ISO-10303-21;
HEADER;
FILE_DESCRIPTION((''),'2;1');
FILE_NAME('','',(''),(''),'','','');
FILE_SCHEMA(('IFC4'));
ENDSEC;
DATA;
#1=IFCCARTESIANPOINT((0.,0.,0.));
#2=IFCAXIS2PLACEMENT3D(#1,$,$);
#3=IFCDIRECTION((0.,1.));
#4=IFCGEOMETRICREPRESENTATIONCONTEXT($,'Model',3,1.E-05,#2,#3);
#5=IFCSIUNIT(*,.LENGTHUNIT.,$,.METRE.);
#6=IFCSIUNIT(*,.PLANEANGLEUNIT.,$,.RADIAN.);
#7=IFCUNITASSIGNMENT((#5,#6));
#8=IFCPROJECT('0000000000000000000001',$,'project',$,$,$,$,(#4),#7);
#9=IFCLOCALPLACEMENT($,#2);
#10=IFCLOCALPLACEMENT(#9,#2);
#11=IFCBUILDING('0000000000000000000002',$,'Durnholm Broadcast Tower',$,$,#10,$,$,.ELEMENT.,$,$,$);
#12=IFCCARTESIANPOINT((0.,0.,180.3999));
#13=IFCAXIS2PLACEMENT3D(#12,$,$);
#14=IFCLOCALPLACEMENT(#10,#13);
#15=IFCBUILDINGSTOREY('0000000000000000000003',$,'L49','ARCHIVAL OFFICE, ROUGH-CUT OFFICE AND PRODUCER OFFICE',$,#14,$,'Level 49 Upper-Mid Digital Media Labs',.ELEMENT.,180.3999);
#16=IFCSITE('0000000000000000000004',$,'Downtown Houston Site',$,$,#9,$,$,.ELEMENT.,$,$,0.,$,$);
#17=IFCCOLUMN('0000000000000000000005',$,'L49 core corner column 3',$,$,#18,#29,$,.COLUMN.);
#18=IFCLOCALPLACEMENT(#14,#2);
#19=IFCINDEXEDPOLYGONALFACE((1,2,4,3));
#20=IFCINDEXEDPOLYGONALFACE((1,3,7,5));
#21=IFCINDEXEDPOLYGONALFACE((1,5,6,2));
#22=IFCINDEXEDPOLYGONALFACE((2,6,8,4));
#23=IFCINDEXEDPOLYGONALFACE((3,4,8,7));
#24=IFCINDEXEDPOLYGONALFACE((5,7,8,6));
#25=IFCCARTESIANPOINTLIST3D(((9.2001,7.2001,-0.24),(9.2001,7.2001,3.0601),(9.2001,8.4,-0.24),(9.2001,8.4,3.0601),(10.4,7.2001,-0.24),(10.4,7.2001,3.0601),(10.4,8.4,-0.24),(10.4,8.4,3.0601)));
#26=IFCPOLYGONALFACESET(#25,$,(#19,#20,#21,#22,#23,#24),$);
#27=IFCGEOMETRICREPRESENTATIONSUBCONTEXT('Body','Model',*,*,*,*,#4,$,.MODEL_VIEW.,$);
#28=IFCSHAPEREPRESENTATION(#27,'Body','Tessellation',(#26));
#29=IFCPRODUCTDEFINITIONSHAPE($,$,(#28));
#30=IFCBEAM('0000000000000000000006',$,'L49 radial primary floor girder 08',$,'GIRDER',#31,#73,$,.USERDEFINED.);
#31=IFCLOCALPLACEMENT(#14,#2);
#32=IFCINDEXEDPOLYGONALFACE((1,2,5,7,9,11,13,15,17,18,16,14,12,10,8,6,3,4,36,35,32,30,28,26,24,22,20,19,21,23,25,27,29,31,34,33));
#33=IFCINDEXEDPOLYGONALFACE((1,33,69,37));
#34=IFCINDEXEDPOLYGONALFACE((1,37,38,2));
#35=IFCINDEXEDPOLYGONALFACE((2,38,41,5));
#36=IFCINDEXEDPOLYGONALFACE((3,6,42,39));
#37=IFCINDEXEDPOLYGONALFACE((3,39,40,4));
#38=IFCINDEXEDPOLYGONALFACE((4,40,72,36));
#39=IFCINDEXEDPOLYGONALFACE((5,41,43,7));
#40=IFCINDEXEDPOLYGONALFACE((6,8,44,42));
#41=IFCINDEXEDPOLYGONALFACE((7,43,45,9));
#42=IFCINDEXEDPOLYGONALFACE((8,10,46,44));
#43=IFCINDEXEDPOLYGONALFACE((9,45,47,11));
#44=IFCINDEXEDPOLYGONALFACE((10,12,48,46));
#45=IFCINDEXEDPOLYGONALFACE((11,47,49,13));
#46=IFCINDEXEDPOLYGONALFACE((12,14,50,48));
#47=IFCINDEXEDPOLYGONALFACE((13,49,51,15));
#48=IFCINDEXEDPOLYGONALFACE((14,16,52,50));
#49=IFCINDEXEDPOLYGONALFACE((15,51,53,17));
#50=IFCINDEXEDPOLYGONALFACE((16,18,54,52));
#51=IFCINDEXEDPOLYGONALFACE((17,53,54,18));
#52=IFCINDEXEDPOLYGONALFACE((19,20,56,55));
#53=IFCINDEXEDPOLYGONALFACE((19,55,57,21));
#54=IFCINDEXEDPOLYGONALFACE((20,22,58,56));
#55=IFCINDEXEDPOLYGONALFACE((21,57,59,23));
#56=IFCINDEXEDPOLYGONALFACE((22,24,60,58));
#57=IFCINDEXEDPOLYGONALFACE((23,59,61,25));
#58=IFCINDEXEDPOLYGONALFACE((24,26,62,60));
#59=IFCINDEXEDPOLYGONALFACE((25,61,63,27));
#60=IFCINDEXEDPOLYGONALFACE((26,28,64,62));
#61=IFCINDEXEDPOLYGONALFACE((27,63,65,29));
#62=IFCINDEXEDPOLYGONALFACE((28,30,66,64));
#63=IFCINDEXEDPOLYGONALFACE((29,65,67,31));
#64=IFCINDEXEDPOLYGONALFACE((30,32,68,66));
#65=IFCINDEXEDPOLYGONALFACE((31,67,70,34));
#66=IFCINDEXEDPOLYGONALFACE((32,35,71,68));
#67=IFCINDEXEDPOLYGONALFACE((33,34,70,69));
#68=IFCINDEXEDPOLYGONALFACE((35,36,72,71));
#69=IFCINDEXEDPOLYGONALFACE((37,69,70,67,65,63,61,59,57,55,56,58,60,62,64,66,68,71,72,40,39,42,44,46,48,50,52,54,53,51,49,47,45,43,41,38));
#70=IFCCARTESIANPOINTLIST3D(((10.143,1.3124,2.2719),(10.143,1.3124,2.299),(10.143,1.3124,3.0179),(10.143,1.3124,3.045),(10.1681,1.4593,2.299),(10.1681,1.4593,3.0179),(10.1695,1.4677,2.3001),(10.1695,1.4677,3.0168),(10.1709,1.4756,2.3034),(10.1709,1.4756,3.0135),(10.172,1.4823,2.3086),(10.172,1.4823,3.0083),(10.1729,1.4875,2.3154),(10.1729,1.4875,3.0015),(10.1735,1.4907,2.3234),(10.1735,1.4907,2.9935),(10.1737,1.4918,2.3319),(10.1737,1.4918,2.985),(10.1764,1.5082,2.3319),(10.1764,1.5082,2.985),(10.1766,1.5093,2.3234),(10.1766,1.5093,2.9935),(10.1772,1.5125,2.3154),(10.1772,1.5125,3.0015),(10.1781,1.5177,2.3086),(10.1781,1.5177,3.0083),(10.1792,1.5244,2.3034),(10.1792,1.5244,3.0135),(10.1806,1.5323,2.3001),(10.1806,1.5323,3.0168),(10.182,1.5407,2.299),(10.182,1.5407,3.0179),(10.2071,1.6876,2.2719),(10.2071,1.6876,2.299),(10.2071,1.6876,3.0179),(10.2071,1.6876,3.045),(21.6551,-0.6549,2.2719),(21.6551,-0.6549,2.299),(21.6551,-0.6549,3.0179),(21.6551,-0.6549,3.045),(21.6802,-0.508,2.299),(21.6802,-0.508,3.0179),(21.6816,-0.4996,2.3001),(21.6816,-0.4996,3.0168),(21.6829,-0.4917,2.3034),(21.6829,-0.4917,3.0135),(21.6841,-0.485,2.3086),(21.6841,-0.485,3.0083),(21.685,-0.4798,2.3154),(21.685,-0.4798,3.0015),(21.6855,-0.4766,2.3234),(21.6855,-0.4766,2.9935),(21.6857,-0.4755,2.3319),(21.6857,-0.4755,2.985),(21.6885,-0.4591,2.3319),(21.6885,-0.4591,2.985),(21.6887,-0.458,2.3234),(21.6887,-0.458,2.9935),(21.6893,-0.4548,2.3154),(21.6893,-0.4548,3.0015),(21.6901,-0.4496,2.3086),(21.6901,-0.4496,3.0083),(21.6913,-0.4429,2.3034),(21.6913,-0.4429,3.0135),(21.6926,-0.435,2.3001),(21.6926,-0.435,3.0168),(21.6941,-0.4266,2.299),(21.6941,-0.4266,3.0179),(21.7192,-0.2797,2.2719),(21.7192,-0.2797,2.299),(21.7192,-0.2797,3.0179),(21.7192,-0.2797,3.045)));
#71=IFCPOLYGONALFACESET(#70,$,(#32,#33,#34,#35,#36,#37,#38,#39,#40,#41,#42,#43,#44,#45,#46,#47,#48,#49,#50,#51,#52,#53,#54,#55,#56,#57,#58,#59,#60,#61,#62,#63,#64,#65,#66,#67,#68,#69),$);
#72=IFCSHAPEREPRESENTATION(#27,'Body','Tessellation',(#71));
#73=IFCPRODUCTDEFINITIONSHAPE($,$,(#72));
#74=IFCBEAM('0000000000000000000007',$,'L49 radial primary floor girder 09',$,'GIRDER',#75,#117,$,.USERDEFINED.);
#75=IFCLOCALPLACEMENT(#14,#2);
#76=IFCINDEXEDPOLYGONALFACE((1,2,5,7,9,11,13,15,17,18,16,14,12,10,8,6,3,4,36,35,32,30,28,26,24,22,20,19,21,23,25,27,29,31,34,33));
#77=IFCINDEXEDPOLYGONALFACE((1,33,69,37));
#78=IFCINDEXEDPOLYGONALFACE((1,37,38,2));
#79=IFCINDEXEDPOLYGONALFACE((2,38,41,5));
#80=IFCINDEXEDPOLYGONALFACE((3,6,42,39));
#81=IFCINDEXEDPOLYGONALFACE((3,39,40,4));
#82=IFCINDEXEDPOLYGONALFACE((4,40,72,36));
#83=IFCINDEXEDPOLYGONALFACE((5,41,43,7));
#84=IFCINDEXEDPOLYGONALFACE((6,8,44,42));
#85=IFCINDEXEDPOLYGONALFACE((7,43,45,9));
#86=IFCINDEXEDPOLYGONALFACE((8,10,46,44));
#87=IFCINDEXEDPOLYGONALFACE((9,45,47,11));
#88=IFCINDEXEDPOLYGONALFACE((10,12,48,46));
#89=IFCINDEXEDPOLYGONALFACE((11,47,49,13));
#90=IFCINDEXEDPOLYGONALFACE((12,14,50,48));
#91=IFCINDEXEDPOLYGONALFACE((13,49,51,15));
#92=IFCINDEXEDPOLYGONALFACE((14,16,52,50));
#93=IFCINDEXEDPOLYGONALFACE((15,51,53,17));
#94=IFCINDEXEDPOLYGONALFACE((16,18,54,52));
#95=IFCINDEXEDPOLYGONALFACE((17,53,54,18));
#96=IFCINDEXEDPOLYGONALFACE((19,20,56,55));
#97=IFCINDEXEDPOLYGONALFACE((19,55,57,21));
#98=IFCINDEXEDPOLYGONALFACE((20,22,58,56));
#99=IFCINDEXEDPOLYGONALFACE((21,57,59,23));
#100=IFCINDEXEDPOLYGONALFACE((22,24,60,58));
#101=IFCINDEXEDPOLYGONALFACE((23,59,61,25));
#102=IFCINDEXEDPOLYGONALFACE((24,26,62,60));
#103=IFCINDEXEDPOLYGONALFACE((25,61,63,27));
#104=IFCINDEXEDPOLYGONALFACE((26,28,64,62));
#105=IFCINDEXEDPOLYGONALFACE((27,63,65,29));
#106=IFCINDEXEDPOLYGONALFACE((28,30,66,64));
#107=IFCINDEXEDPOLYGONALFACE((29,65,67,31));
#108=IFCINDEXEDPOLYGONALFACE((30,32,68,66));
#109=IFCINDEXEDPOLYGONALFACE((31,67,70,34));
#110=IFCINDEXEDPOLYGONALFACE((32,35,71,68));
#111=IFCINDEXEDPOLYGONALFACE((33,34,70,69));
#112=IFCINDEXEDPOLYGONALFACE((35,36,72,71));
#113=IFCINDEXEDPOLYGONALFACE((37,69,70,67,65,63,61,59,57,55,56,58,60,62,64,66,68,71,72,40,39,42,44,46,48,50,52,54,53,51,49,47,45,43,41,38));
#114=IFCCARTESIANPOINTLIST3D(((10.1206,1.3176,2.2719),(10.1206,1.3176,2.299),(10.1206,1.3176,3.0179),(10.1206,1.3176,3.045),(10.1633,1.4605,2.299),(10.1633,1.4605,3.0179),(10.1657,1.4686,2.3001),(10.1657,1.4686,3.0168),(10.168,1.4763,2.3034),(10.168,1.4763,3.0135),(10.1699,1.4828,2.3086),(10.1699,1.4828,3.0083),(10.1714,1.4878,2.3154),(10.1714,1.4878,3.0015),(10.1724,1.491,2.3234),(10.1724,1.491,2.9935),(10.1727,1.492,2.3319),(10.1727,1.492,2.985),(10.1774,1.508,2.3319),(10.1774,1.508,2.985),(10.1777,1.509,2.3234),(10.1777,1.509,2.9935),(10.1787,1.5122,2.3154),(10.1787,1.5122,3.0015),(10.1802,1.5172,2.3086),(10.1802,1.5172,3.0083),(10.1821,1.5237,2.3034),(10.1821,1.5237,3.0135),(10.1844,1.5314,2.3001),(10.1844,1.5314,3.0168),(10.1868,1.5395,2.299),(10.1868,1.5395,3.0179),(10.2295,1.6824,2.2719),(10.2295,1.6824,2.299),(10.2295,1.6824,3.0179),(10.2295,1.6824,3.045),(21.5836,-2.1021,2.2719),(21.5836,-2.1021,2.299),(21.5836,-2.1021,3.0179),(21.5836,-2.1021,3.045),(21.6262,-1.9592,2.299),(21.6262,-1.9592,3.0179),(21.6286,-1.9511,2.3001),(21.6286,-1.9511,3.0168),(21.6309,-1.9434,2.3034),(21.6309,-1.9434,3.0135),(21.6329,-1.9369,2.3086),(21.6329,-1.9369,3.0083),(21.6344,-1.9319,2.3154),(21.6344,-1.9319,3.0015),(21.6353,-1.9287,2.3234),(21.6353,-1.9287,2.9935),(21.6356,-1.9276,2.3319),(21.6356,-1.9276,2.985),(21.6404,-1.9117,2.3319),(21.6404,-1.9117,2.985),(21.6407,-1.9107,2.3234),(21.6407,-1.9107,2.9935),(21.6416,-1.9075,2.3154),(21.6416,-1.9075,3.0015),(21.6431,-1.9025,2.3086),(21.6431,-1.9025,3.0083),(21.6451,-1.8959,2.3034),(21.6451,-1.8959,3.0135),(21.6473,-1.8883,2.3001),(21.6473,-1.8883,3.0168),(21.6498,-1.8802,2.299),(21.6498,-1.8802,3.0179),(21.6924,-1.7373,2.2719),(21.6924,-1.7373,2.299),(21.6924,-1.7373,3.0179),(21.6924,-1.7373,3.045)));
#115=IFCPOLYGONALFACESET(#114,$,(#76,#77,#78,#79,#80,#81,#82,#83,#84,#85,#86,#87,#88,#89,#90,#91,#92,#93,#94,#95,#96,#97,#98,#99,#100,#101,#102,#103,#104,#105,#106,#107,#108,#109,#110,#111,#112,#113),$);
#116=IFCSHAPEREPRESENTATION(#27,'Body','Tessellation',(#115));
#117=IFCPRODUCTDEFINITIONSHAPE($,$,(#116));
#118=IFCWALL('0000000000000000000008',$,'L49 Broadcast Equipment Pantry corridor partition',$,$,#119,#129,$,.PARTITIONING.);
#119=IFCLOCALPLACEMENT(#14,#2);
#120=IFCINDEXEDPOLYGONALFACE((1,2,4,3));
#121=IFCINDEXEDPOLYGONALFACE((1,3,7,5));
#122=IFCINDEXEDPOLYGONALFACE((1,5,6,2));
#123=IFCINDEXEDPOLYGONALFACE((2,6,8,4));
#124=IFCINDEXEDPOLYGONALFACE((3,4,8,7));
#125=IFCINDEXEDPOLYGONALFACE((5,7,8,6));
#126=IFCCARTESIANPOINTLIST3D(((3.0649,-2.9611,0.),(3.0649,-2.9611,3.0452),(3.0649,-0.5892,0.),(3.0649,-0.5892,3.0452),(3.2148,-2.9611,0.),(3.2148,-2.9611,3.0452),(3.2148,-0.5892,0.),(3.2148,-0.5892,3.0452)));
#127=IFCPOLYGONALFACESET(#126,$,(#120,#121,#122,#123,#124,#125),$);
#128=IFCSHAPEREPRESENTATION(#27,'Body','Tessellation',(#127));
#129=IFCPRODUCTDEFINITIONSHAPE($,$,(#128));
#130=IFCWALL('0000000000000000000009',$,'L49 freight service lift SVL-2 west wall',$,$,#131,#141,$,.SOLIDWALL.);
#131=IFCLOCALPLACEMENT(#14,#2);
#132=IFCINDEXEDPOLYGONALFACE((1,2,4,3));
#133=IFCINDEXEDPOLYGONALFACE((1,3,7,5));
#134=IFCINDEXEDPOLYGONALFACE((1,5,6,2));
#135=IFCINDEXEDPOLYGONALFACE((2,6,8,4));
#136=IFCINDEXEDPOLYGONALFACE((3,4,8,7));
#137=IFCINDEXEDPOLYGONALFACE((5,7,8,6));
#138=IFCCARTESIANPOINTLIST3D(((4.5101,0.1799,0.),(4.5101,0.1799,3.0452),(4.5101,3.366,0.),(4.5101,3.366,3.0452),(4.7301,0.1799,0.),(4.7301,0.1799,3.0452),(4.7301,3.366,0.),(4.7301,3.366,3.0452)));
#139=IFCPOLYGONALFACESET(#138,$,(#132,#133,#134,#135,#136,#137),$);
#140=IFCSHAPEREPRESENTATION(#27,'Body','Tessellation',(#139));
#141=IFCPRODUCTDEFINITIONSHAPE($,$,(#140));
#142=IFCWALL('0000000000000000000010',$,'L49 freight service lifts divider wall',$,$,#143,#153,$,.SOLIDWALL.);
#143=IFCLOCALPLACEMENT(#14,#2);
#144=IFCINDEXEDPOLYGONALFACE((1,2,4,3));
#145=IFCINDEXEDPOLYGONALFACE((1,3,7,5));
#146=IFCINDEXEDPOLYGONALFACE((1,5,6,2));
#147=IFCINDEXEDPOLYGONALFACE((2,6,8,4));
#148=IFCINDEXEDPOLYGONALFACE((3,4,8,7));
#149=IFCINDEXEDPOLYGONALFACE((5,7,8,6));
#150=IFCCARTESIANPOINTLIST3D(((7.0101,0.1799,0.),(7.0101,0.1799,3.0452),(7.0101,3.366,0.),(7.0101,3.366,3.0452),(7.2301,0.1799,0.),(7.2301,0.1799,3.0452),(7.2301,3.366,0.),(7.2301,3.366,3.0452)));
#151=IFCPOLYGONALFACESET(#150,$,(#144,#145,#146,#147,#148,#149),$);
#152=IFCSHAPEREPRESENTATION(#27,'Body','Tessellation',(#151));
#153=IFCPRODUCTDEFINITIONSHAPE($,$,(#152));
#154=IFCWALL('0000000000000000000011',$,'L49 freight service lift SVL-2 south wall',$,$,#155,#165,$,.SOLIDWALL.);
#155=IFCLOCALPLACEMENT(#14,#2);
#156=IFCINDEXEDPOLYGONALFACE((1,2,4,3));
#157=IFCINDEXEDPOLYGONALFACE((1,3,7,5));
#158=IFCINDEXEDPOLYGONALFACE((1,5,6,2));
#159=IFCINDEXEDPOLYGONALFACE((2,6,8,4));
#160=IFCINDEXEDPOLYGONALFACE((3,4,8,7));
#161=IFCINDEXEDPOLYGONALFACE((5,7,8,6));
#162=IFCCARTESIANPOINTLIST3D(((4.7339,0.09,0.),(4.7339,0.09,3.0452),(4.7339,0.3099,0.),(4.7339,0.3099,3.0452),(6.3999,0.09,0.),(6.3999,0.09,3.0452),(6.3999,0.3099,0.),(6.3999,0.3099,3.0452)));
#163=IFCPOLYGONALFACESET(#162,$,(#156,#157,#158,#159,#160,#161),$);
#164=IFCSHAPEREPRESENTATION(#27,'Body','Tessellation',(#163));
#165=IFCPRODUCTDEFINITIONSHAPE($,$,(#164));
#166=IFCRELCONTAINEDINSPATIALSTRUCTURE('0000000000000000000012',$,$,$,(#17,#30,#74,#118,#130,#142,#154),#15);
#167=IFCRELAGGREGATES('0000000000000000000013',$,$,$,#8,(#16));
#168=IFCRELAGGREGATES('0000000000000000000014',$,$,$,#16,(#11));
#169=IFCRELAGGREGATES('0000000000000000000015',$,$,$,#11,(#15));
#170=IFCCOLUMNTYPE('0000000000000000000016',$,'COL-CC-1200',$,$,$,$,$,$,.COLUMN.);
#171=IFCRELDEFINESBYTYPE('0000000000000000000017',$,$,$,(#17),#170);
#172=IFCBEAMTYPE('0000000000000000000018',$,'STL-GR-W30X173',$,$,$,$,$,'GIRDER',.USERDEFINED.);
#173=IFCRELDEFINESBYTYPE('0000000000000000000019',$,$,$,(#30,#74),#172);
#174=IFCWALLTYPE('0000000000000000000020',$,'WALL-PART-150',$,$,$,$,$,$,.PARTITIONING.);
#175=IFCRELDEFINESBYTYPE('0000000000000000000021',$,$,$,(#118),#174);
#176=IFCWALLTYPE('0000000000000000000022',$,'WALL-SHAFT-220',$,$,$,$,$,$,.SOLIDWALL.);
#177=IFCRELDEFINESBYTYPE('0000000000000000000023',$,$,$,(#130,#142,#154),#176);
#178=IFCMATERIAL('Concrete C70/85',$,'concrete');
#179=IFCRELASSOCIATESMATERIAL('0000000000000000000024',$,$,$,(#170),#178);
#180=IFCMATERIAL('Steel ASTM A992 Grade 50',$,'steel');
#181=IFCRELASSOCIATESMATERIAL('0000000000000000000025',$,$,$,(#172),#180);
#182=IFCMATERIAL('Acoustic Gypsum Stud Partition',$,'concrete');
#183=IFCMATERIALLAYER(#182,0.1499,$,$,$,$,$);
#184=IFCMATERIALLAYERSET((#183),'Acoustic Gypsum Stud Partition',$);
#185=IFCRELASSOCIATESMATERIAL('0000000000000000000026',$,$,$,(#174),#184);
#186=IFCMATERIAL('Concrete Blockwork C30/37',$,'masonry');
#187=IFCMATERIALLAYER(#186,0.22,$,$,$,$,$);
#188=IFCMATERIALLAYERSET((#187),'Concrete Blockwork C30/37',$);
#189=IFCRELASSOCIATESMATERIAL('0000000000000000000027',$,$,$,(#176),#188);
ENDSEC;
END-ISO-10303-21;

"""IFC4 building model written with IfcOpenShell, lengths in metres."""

from ifc_helpers import new_model, si_unit, direction, frame, frame_2d, origin, origin_2d, place, context, subcontext, project, spatial, rectangle, i_section, extrude, source, transform, mapped, material, layer, layer_set, material_profile, profile_set, type_object, type_shapes, element, save


model = new_model("IFC4")

# Units and contexts
model_context = context("Model", 3, precision=1e-05, world=origin(), true_north=direction((0.0, 1.0)))
body_context = subcontext(model_context, "Body", "Model", "MODEL_VIEW")
ifc_project = project(units=[si_unit("LENGTHUNIT", "METRE"), si_unit("PLANEANGLEUNIT", "RADIAN")], contexts=[model_context])

# Site, building, storey
site_placement = place(None, origin())
site = spatial("IfcSite", under=ifc_project, at=site_placement, Name="Downtown Houston Site", CompositionType="ELEMENT", RefElevation=0.0)
building_placement = place(site_placement, origin())
building = spatial("IfcBuilding", under=site, at=building_placement, Name="Durnholm Broadcast Tower", CompositionType="ELEMENT")
storey_placement = place(building_placement, frame((0.0, 0.0, 180.3999)))
storey = spatial("IfcBuildingStorey", under=building, at=storey_placement, Name="L49", Description="ARCHIVAL OFFICE, ROUGH-CUT OFFICE AND PRODUCER OFFICE", LongName="Level 49 Upper-Mid Digital Media Labs", CompositionType="ELEMENT", Elevation=180.3999)

# Column
ifc_material_1 = material(Name="Concrete C70/85", Category="concrete")
ifc_material_profile_1 = material_profile(ifc_material_1, rectangle(XDim=1.2, YDim=1.2, at=origin_2d()), Name="RC1200X1200")
ifc_profile_set_1 = profile_set([ifc_material_profile_1], Name="Concrete C70/85")
column_type = type_object("IfcColumnType", Name="COL-CC-1200", PredefinedType="COLUMN", material=ifc_profile_set_1)
shared_shape_1 = source(origin(), body_context, "Body", "SweptSolid", [
    extrude(rectangle(XDim=1.2, YDim=1.2, at=origin_2d()), origin(), (0.0, 0.0, 1.0), 3.3),
])
type_shapes(column_type, [shared_shape_1])
column_placement = place(storey_placement, frame((9.8, 7.8, -0.24), z_axis=(0.0, 0.0, 1.0), x_axis=(1.0, 0.0, 0.0)))
element("IfcColumn", 1, at=column_placement, inside=storey, type_object=column_type, Name="L49 core corner column 3", PredefinedType="COLUMN", context=body_context, shape_type="MappedRepresentation", body=[
    mapped(shared_shape_1, transform((0.0, 0.0, 0.0), x_axis=(1.0, 0.0, 0.0), y_axis=(0.0, 1.0, 0.0), z_axis=(0.0, 0.0, 1.0), scale=1.0)),
])

# Beams
ifc_material_2 = material(Name="Steel ASTM A992 Grade 50", Category="steel")
ifc_material_profile_2 = material_profile(ifc_material_2, i_section(OverallWidth=0.3806, OverallDepth=0.7732, WebThickness=0.0166, FlangeThickness=0.0271, FilletRadius=0.033, at=origin_2d()), Name="W30X173")
ifc_profile_set_2 = profile_set([ifc_material_profile_2], Name="Steel ASTM A992 Grade 50")
beam_type = type_object("IfcBeamType", Name="STL-GR-W30X173", ElementType="GIRDER", PredefinedType="USERDEFINED", material=ifc_profile_set_2)
shared_shape_2 = source(origin(), body_context, "Body", "SweptSolid", [
    extrude(i_section(OverallWidth=0.3806, OverallDepth=0.7732, WebThickness=0.0166, FlangeThickness=0.0271, FilletRadius=0.033, at=origin_2d()), origin(), (0.0, 0.0, 1.0), 11.679),
])
beam_1_placement = place(storey_placement, frame((10.175, 1.5, 2.6584), z_axis=(0.98571, -0.168449, 0.0), x_axis=(0.168449, 0.98571, 0.0)))
element("IfcBeam", 2, at=beam_1_placement, inside=storey, type_object=beam_type, Name="L49 radial primary floor girder 08", ObjectType="GIRDER", PredefinedType="USERDEFINED", context=body_context, shape_type="MappedRepresentation", body=[
    mapped(shared_shape_2, transform((0.0, 0.0, 0.0), x_axis=(1.0, 0.0, 0.0), y_axis=(0.0, 1.0, 0.0), z_axis=(0.0, 0.0, 1.0), scale=1.0)),
])
shared_shape_3 = source(origin(), body_context, "Body", "SweptSolid", [
    extrude(i_section(OverallWidth=0.3806, OverallDepth=0.7732, WebThickness=0.0166, FlangeThickness=0.0271, FilletRadius=0.033, at=origin_2d()), origin(), (0.0, 0.0, 1.0), 11.9622),
])
type_shapes(beam_type, [shared_shape_2, shared_shape_3])
beam_2_placement = place(storey_placement, frame((10.175, 1.5, 2.6584), z_axis=(0.958267, -0.285876, 0.0), x_axis=(0.285876, 0.958267, 0.0)))
element("IfcBeam", 3, at=beam_2_placement, inside=storey, type_object=beam_type, Name="L49 radial primary floor girder 09", ObjectType="GIRDER", PredefinedType="USERDEFINED", context=body_context, shape_type="MappedRepresentation", body=[
    mapped(shared_shape_3, transform((0.0, 0.0, 0.0), x_axis=(1.0, 0.0, 0.0), y_axis=(0.0, 1.0, 0.0), z_axis=(0.0, 0.0, 1.0), scale=1.0)),
])

# Wall
ifc_material_3 = material(Name="Acoustic Gypsum Stud Partition", Category="concrete")
ifc_layer_1 = layer(ifc_material_3, 0.1499)
ifc_layer_set_1 = layer_set([ifc_layer_1], Name="Acoustic Gypsum Stud Partition")
wall_type_1 = type_object("IfcWallType", Name="WALL-PART-150", PredefinedType="PARTITIONING", material=ifc_layer_set_1)
wall_1_placement = place(storey_placement, frame((3.1399, -0.5891, 0.0), z_axis=(0.0, 0.0, 1.0), x_axis=(0.0, -1.0, 0.0)))
element("IfcWall", 4, at=wall_1_placement, inside=storey, type_object=wall_type_1, Name="L49 Broadcast Equipment Pantry corridor partition", PredefinedType="PARTITIONING", context=body_context, shape_type="SweptSolid", body=[
    extrude(rectangle(XDim=2.3718, YDim=0.1499, at=frame_2d((1.186, 0.0))), origin(), (0.0, 0.0, 1.0), 3.0452),
])

# Shared definitions
ifc_material_4 = material(Name="Concrete Blockwork C30/37", Category="masonry")
ifc_layer_2 = layer(ifc_material_4, 0.22)
ifc_layer_set_2 = layer_set([ifc_layer_2], Name="Concrete Blockwork C30/37")
wall_type_2 = type_object("IfcWallType", Name="WALL-SHAFT-220", PredefinedType="SOLIDWALL", material=ifc_layer_set_2)

# Walls
for number, where, z_axis, x_axis, name in (
    (5, (4.6201, 0.1799, 0.0), (0.0, 0.0, 1.0), (0.0, 1.0, 0.0), "L49 freight service lift SVL-2 west wall"),
    (6, (7.1201, 0.1799, 0.0), (0.0, 0.0, 1.0), (0.0, 1.0, 0.0), "L49 freight service lifts divider wall"),
):
    element("IfcWall", number, at=place(storey_placement, frame(where, z_axis=z_axis, x_axis=x_axis)), inside=storey, type_object=wall_type_2, Name=name, PredefinedType="SOLIDWALL", context=body_context, shape_type="SweptSolid", body=[
        extrude(rectangle(XDim=3.186, YDim=0.22, at=frame_2d((1.593, 0.0))), origin(), (0.0, 0.0, 1.0), 3.0452),
    ])
wall_2_placement = place(storey_placement, frame((4.7339, 0.2, 0.0), z_axis=(0.0, 0.0, 1.0), x_axis=(1.0, 0.0, 0.0)))
element("IfcWall", 7, at=wall_2_placement, inside=storey, type_object=wall_type_2, Name="L49 freight service lift SVL-2 south wall", PredefinedType="SOLIDWALL", context=body_context, shape_type="SweptSolid", body=[
    extrude(rectangle(XDim=1.666, YDim=0.22, at=frame_2d((0.833, 0.0))), origin(), (0.0, 0.0, 1.0), 3.0452),
])

save(model, "model.ifc")
